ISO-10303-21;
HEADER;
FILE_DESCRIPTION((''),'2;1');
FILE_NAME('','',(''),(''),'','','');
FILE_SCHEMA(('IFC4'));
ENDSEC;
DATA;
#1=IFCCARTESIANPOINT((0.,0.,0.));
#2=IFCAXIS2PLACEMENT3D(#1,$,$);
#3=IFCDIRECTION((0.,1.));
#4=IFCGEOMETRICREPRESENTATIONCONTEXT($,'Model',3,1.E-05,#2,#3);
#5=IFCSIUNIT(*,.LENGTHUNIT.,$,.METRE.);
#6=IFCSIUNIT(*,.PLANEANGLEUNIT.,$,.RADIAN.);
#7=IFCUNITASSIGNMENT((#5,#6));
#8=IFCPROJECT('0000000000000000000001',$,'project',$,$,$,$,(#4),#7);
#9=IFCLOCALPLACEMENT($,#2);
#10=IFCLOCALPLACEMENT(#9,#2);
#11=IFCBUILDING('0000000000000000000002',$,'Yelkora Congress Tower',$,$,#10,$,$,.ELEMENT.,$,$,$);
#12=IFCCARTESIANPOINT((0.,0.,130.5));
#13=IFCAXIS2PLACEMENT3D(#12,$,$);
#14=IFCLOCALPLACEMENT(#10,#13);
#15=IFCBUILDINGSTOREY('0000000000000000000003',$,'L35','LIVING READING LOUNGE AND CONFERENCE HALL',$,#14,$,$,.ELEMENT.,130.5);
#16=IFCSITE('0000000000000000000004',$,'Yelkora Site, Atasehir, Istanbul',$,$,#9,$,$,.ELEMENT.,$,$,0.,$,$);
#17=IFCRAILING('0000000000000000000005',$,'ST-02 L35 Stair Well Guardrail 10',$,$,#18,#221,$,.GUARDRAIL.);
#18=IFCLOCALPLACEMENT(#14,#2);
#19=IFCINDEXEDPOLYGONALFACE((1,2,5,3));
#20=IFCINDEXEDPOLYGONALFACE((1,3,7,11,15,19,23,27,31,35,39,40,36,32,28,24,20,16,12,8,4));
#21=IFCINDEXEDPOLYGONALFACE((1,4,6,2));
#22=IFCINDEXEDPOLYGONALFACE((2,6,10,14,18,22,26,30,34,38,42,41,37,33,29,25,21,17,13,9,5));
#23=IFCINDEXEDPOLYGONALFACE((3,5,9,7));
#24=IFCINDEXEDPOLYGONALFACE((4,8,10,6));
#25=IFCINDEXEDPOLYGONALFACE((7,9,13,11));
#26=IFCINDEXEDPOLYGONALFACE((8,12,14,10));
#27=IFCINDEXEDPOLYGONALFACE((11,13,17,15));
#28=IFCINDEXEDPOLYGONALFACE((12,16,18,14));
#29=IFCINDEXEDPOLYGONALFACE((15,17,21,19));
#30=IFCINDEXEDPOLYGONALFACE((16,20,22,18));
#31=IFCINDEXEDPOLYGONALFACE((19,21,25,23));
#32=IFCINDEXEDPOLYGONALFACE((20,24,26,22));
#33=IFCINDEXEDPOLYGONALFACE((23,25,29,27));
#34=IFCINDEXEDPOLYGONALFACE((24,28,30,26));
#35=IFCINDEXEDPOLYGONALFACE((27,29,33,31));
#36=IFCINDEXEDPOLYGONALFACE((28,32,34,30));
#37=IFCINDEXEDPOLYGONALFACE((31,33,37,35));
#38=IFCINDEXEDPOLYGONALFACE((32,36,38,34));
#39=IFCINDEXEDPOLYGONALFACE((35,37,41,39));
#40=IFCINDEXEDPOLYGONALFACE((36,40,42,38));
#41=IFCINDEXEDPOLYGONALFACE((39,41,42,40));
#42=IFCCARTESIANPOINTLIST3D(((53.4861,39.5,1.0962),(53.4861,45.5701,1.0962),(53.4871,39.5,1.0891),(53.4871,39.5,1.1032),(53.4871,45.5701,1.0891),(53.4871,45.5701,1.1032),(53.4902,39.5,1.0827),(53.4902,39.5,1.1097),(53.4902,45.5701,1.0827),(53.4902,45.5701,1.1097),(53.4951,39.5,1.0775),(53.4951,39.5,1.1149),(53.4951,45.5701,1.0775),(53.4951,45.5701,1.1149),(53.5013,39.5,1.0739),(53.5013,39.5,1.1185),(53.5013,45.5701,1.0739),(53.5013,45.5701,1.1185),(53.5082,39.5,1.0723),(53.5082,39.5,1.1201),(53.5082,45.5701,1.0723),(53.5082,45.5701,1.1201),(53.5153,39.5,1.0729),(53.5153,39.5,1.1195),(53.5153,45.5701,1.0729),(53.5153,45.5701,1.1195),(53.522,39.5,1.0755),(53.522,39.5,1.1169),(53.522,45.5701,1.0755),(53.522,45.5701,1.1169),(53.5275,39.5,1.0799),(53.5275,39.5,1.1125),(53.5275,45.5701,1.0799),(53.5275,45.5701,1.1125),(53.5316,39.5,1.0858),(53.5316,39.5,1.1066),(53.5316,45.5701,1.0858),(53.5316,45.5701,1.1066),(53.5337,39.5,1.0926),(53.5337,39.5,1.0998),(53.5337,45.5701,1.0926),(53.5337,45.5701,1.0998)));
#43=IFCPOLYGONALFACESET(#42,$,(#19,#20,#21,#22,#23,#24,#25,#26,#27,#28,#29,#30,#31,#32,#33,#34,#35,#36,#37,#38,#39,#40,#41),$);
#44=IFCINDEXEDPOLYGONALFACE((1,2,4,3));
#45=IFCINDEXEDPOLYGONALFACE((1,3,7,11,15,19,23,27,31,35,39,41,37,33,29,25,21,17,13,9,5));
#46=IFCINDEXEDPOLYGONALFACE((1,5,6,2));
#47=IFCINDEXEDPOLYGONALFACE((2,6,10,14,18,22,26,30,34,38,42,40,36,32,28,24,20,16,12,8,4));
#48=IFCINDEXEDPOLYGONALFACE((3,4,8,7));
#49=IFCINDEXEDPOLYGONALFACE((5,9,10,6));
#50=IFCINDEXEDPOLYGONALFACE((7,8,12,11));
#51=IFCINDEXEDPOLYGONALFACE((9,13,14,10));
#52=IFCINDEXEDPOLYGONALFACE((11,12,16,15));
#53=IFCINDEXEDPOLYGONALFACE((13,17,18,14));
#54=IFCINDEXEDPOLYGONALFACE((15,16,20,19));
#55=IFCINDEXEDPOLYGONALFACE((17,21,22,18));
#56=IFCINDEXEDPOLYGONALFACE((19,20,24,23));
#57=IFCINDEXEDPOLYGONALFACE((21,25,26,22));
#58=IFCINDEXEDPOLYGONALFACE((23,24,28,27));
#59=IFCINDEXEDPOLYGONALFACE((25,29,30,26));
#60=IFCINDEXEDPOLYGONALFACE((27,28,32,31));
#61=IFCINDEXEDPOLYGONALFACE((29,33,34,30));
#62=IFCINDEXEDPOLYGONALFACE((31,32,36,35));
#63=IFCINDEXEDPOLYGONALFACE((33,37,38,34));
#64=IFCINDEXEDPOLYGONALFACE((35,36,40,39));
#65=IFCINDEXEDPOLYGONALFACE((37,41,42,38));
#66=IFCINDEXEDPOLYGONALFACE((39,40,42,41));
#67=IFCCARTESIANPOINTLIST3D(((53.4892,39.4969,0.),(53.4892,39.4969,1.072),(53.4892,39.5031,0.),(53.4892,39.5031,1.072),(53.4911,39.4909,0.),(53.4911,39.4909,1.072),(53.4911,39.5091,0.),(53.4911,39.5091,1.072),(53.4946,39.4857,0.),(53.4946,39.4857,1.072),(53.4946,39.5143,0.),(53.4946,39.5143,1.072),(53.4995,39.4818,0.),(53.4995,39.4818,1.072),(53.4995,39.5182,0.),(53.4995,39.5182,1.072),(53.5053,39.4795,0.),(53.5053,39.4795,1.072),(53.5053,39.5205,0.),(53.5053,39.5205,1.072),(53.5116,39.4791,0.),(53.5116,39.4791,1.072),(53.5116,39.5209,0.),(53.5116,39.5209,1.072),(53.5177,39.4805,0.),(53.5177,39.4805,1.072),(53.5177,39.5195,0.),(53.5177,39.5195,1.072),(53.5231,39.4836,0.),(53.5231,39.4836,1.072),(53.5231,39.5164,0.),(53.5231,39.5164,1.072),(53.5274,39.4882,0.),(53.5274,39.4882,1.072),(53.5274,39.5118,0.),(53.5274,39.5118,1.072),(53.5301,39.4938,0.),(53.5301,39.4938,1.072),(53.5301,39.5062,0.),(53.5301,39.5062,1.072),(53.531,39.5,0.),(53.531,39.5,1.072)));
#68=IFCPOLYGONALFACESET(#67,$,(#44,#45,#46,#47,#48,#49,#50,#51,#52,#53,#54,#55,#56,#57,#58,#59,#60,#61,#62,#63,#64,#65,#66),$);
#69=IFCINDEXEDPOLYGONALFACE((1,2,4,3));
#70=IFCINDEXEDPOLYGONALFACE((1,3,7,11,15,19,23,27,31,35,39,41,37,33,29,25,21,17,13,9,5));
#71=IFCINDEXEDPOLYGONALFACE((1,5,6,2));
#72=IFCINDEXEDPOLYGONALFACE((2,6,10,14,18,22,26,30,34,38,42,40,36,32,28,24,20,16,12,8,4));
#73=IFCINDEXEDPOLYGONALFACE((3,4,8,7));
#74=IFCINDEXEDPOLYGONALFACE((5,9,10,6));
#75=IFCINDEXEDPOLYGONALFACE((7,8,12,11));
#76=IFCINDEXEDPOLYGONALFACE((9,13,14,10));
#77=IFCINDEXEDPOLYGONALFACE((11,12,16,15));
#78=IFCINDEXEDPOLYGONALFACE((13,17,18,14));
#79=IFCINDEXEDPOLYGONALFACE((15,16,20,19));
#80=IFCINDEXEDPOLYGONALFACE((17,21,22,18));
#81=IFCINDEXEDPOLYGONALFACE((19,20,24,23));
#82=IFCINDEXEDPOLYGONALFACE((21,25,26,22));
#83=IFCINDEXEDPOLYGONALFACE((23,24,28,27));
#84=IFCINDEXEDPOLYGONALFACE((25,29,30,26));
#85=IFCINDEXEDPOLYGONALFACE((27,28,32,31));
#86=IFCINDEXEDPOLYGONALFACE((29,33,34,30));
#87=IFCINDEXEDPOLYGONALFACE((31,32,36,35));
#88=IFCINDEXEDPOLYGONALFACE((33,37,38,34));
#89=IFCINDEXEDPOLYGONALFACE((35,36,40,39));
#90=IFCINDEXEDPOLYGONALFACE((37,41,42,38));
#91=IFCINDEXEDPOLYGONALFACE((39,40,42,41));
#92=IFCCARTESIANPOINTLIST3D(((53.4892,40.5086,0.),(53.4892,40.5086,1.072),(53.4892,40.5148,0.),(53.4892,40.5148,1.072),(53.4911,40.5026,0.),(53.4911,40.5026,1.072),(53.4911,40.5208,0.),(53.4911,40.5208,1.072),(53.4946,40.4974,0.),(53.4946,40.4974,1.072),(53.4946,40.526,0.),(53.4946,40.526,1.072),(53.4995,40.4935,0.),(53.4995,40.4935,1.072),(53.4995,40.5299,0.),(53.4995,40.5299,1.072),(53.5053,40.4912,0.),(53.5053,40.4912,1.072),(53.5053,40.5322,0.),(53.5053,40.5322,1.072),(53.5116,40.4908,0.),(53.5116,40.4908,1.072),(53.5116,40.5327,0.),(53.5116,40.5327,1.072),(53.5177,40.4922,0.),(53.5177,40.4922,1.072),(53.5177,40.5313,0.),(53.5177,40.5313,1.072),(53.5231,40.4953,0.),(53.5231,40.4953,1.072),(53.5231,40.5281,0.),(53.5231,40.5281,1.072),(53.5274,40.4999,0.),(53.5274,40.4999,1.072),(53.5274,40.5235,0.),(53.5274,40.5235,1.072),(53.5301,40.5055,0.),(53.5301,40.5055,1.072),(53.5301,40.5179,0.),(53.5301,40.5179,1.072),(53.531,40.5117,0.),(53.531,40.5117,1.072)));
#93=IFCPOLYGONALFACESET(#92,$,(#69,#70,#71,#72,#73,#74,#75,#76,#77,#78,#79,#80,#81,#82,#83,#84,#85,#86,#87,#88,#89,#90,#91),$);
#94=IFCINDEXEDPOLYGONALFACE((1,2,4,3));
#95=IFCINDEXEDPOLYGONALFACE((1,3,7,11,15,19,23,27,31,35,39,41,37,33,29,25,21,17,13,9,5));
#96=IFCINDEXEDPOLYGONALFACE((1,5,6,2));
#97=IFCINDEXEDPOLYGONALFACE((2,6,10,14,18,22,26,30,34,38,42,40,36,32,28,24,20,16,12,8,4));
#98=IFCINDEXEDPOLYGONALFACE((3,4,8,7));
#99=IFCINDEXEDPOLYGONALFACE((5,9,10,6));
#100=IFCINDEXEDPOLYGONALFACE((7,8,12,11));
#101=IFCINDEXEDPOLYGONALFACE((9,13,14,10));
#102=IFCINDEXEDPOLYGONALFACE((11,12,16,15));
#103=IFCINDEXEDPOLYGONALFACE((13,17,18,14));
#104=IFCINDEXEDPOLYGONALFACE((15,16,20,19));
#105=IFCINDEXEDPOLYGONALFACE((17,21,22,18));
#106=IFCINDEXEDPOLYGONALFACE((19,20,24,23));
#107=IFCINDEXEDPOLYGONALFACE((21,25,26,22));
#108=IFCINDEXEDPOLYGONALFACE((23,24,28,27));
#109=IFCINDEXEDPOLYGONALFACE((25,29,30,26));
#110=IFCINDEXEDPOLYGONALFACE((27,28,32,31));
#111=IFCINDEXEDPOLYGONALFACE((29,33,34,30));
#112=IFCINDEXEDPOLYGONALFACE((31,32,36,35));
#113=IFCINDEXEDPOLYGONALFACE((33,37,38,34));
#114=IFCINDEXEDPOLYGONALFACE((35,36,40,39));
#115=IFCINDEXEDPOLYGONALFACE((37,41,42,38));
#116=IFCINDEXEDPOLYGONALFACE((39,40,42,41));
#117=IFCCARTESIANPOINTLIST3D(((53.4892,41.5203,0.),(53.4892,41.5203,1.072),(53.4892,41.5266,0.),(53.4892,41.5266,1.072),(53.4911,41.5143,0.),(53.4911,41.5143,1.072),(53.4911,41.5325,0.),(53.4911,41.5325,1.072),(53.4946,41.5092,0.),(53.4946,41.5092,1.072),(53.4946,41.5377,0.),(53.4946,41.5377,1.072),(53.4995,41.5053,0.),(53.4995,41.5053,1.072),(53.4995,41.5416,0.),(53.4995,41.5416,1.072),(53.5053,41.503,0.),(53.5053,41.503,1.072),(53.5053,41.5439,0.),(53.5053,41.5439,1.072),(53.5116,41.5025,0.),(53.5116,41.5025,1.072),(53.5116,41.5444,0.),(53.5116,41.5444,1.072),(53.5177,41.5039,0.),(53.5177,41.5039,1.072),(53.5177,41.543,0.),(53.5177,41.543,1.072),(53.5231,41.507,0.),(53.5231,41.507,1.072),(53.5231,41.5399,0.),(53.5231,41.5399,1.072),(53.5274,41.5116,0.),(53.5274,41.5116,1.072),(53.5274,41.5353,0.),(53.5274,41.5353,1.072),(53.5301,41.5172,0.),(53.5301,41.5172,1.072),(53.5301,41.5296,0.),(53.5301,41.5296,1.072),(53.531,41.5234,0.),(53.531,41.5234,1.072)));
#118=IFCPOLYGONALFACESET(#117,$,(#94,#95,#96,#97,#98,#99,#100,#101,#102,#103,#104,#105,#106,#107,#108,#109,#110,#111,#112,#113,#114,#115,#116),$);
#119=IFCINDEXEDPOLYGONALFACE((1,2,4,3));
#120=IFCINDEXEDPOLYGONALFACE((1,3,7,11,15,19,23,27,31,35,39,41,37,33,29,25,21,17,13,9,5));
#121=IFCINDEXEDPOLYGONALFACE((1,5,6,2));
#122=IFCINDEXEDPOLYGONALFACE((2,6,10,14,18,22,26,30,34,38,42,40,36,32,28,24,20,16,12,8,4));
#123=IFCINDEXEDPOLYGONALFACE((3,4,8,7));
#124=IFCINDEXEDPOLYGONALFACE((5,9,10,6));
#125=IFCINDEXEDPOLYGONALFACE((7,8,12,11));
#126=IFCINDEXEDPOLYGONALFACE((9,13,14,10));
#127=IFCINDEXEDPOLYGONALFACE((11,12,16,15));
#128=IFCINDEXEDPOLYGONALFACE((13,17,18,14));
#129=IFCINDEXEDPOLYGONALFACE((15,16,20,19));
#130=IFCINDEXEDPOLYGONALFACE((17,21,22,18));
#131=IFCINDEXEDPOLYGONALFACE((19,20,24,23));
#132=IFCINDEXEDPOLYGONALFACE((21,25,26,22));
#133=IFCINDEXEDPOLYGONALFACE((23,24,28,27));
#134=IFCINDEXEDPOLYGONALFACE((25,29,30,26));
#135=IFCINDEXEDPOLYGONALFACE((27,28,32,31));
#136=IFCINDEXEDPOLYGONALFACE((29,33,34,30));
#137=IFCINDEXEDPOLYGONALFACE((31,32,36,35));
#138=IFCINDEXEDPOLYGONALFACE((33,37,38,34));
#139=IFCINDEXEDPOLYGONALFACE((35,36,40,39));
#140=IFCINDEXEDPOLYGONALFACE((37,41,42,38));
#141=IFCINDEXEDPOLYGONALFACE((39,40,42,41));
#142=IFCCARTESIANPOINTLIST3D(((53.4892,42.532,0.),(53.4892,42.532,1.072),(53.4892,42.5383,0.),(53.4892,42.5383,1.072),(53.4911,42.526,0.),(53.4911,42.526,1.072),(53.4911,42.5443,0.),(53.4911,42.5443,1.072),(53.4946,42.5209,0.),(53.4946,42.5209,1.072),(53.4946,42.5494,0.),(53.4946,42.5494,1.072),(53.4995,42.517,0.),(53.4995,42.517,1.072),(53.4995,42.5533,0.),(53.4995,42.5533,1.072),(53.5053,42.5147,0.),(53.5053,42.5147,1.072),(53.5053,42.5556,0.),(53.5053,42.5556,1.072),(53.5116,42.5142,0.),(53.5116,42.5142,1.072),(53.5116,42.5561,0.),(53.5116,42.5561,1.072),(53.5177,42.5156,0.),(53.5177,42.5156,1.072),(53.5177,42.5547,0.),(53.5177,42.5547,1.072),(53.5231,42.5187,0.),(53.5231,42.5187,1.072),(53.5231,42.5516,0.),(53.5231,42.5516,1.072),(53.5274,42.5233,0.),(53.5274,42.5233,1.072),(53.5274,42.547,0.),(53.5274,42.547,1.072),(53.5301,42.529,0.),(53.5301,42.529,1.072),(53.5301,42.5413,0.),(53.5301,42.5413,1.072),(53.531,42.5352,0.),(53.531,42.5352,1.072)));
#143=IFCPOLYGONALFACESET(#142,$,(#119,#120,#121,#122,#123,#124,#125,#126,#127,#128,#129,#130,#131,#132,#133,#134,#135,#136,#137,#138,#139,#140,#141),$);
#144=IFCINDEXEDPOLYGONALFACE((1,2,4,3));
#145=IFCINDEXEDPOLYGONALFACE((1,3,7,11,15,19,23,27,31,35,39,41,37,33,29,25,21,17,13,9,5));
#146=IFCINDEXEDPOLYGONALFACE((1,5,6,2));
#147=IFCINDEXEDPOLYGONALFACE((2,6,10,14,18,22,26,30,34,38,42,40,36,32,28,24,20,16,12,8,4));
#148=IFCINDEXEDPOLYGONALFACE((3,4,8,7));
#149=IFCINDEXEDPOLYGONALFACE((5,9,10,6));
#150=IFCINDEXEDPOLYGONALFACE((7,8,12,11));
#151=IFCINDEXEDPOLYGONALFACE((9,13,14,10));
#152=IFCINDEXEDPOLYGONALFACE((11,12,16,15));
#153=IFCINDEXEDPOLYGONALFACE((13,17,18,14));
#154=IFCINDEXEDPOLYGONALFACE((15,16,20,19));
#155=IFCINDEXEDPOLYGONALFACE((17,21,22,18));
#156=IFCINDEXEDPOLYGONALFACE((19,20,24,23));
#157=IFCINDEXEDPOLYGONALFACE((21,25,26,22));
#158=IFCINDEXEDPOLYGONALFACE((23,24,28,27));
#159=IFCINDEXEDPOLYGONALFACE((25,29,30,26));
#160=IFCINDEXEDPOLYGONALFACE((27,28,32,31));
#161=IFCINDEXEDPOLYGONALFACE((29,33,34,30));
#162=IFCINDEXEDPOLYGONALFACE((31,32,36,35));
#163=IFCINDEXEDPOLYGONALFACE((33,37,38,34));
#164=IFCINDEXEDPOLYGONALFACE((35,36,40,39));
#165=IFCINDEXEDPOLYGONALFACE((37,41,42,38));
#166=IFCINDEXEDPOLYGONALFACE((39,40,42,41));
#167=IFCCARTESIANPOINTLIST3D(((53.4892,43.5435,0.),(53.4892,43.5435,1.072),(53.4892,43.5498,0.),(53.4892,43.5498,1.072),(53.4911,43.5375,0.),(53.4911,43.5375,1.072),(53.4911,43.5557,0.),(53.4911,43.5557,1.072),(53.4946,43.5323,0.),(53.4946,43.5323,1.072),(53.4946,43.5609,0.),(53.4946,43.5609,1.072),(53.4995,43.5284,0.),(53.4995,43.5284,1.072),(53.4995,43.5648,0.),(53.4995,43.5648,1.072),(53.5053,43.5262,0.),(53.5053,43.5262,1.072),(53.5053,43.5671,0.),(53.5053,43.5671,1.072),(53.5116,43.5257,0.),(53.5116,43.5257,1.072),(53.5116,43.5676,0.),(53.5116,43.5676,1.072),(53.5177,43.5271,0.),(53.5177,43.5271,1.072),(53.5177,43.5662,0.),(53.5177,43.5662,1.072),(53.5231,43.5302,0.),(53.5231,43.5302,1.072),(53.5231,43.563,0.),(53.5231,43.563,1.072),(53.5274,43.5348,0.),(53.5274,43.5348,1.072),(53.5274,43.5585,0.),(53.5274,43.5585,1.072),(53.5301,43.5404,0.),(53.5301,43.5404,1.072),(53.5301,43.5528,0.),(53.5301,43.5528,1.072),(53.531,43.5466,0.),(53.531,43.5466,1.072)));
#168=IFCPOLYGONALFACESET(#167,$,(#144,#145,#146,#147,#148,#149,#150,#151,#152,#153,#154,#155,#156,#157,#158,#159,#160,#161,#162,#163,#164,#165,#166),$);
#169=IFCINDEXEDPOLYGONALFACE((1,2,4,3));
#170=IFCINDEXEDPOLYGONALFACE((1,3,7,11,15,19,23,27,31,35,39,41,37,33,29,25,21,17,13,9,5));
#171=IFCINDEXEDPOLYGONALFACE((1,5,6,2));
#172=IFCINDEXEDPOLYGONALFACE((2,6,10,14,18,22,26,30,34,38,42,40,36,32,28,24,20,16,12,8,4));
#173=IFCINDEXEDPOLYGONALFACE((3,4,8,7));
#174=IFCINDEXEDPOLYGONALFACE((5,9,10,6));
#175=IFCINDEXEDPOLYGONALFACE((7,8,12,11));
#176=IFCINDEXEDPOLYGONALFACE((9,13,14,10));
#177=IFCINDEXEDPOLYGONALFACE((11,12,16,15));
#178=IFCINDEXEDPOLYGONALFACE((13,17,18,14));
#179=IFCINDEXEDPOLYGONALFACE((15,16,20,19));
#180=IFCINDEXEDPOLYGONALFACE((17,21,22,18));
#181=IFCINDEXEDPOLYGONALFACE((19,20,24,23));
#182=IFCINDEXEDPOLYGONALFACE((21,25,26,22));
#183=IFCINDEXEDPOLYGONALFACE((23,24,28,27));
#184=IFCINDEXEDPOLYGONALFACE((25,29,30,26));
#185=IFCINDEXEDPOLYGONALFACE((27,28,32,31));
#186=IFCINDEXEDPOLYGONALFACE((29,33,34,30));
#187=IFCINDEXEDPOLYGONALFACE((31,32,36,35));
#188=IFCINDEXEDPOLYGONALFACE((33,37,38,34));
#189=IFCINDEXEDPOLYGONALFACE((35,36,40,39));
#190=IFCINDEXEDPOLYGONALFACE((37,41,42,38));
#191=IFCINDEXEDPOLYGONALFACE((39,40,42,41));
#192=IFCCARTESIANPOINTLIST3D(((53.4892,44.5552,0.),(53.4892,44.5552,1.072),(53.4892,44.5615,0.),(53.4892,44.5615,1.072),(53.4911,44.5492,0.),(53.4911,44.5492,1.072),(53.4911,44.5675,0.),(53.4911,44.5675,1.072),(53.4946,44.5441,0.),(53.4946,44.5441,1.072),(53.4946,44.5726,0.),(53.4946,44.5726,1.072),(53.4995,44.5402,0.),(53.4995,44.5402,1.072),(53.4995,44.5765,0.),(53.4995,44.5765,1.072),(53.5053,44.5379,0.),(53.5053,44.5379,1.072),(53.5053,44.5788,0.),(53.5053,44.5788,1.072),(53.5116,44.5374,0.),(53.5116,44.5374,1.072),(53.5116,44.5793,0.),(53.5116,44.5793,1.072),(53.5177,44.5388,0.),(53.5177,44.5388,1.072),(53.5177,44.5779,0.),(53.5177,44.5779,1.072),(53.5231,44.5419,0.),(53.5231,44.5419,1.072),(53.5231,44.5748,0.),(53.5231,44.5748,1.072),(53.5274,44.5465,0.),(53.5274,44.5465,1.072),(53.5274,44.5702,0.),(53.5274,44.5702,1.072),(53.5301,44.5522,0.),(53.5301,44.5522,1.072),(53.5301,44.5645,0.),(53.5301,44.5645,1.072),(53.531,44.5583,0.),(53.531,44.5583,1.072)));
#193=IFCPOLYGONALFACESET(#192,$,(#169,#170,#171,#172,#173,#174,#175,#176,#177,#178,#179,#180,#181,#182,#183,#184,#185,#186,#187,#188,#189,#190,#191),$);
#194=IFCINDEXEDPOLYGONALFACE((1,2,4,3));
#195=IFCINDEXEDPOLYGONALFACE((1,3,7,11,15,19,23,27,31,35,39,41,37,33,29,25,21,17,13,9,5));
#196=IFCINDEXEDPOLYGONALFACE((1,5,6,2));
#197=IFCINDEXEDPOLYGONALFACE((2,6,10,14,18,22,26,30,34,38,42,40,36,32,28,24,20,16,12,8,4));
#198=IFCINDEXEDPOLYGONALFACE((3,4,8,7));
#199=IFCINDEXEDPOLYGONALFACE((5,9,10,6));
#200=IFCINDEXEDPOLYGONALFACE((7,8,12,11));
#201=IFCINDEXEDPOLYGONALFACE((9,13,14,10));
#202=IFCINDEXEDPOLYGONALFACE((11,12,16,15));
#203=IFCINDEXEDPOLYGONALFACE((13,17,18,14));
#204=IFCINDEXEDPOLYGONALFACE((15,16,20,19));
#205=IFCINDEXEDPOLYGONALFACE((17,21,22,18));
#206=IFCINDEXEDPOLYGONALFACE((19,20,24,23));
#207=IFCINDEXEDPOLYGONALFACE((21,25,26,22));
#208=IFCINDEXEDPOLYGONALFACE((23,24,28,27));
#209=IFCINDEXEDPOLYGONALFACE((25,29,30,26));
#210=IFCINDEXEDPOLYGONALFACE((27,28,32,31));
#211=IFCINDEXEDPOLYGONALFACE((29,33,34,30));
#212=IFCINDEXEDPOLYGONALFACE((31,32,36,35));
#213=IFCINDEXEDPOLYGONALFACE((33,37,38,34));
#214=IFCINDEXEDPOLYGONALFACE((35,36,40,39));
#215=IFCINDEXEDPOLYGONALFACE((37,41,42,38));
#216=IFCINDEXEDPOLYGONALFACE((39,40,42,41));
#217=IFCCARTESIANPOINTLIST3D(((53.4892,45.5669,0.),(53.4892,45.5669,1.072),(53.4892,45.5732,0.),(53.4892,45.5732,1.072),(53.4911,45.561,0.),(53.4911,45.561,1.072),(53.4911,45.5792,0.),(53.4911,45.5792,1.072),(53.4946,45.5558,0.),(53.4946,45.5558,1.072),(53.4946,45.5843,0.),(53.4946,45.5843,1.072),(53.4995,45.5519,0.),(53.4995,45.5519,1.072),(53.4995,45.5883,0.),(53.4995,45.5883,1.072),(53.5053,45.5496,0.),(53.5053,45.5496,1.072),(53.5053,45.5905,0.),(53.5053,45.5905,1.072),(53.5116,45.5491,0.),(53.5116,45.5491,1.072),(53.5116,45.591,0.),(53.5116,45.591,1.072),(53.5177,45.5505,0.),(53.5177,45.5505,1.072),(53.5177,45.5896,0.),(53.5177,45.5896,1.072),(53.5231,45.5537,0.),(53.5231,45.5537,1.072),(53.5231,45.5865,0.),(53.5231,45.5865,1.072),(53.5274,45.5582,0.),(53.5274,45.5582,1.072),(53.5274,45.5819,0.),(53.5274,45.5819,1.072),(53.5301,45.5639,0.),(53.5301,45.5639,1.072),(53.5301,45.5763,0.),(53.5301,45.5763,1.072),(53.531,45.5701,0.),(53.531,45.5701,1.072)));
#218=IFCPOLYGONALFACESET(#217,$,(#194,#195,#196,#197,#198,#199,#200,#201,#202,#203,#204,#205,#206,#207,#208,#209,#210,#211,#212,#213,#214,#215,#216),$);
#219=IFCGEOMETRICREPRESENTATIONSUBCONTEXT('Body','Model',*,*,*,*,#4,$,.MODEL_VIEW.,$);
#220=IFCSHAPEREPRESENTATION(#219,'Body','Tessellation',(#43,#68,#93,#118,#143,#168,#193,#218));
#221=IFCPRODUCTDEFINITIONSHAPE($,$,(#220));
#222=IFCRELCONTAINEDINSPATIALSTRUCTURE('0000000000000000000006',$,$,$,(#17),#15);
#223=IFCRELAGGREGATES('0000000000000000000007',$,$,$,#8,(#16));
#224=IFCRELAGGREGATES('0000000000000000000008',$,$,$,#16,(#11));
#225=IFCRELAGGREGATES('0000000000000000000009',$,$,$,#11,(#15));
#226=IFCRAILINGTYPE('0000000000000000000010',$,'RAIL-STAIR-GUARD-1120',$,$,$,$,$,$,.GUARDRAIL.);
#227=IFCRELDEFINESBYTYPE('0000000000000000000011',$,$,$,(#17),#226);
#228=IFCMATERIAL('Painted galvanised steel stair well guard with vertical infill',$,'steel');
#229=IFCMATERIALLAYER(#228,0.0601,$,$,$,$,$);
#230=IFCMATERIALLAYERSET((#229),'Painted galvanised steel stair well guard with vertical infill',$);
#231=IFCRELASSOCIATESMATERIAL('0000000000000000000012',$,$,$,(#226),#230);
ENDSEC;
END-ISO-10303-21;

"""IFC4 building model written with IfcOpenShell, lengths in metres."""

from ifc_helpers import new_model, si_unit, direction, frame, origin, origin_2d, place, context, subcontext, project, spatial, circle, extrude, material, layer, layer_set, type_object, element, save


model = new_model("IFC4")

# Units and contexts
model_context = context("Model", 3, precision=1e-05, world=origin(), true_north=direction((0.0, 1.0)))
body_context = subcontext(model_context, "Body", "Model", "MODEL_VIEW")
ifc_project = project(units=[si_unit("LENGTHUNIT", "METRE"), si_unit("PLANEANGLEUNIT", "RADIAN")], contexts=[model_context])

# Site, building, storey
site_placement = place(None, origin())
site = spatial("IfcSite", under=ifc_project, at=site_placement, Name="Yelkora Site, Atasehir, Istanbul", CompositionType="ELEMENT", RefElevation=0.0)
building_placement = place(site_placement, origin())
building = spatial("IfcBuilding", under=site, at=building_placement, Name="Yelkora Congress Tower", CompositionType="ELEMENT")
storey_placement = place(building_placement, frame((0.0, 0.0, 130.5)))
storey = spatial("IfcBuildingStorey", under=building, at=storey_placement, Name="L35", Description="LIVING READING LOUNGE AND CONFERENCE HALL", CompositionType="ELEMENT", Elevation=130.5)

# Railing
ifc_material_1 = material(Name="Painted galvanised steel stair well guard with vertical infill", Category="steel")
ifc_layer_1 = layer(ifc_material_1, 0.0601)
ifc_layer_set_1 = layer_set([ifc_layer_1], Name="Painted galvanised steel stair well guard with vertical infill")
railing_type = type_object("IfcRailingType", Name="RAIL-STAIR-GUARD-1120", PredefinedType="GUARDRAIL", material=ifc_layer_set_1)
railing_1_placement = place(storey_placement, frame((53.51, 39.5, 0.0)))
element("IfcRailing", 1, at=railing_1_placement, inside=storey, type_object=railing_type, Name="ST-02 L35 Stair Well Guardrail 10", PredefinedType="GUARDRAIL", context=body_context, shape_type="SweptSolid", body=[
    extrude(circle(Radius=0.0239, at=origin_2d()), frame((0.0, 0.0, 1.0962), z_axis=(0.0, 1.0, 0.0), x_axis=(-1.0, 0.0, 0.0)), (0.0, 0.0, 1.0), 6.0701),
    extrude(circle(Radius=0.021, at=origin_2d()), origin(), (0.0, 0.0, 1.0), 1.072),
    extrude(circle(Radius=0.021, at=origin_2d()), frame((0.0, 1.0117, 0.0)), (0.0, 0.0, 1.0), 1.072),
    extrude(circle(Radius=0.021, at=origin_2d()), frame((0.0, 2.0234, 0.0)), (0.0, 0.0, 1.0), 1.072),
    extrude(circle(Radius=0.021, at=origin_2d()), frame((0.0, 3.0352, 0.0)), (0.0, 0.0, 1.0), 1.072),
    extrude(circle(Radius=0.021, at=origin_2d()), frame((0.0, 4.0466, 0.0)), (0.0, 0.0, 1.0), 1.072),
    extrude(circle(Radius=0.021, at=origin_2d()), frame((0.0, 5.0583, 0.0)), (0.0, 0.0, 1.0), 1.072),
    extrude(circle(Radius=0.021, at=origin_2d()), frame((0.0, 6.0701, 0.0)), (0.0, 0.0, 1.0), 1.072),
])

save(model, "model.ifc")
